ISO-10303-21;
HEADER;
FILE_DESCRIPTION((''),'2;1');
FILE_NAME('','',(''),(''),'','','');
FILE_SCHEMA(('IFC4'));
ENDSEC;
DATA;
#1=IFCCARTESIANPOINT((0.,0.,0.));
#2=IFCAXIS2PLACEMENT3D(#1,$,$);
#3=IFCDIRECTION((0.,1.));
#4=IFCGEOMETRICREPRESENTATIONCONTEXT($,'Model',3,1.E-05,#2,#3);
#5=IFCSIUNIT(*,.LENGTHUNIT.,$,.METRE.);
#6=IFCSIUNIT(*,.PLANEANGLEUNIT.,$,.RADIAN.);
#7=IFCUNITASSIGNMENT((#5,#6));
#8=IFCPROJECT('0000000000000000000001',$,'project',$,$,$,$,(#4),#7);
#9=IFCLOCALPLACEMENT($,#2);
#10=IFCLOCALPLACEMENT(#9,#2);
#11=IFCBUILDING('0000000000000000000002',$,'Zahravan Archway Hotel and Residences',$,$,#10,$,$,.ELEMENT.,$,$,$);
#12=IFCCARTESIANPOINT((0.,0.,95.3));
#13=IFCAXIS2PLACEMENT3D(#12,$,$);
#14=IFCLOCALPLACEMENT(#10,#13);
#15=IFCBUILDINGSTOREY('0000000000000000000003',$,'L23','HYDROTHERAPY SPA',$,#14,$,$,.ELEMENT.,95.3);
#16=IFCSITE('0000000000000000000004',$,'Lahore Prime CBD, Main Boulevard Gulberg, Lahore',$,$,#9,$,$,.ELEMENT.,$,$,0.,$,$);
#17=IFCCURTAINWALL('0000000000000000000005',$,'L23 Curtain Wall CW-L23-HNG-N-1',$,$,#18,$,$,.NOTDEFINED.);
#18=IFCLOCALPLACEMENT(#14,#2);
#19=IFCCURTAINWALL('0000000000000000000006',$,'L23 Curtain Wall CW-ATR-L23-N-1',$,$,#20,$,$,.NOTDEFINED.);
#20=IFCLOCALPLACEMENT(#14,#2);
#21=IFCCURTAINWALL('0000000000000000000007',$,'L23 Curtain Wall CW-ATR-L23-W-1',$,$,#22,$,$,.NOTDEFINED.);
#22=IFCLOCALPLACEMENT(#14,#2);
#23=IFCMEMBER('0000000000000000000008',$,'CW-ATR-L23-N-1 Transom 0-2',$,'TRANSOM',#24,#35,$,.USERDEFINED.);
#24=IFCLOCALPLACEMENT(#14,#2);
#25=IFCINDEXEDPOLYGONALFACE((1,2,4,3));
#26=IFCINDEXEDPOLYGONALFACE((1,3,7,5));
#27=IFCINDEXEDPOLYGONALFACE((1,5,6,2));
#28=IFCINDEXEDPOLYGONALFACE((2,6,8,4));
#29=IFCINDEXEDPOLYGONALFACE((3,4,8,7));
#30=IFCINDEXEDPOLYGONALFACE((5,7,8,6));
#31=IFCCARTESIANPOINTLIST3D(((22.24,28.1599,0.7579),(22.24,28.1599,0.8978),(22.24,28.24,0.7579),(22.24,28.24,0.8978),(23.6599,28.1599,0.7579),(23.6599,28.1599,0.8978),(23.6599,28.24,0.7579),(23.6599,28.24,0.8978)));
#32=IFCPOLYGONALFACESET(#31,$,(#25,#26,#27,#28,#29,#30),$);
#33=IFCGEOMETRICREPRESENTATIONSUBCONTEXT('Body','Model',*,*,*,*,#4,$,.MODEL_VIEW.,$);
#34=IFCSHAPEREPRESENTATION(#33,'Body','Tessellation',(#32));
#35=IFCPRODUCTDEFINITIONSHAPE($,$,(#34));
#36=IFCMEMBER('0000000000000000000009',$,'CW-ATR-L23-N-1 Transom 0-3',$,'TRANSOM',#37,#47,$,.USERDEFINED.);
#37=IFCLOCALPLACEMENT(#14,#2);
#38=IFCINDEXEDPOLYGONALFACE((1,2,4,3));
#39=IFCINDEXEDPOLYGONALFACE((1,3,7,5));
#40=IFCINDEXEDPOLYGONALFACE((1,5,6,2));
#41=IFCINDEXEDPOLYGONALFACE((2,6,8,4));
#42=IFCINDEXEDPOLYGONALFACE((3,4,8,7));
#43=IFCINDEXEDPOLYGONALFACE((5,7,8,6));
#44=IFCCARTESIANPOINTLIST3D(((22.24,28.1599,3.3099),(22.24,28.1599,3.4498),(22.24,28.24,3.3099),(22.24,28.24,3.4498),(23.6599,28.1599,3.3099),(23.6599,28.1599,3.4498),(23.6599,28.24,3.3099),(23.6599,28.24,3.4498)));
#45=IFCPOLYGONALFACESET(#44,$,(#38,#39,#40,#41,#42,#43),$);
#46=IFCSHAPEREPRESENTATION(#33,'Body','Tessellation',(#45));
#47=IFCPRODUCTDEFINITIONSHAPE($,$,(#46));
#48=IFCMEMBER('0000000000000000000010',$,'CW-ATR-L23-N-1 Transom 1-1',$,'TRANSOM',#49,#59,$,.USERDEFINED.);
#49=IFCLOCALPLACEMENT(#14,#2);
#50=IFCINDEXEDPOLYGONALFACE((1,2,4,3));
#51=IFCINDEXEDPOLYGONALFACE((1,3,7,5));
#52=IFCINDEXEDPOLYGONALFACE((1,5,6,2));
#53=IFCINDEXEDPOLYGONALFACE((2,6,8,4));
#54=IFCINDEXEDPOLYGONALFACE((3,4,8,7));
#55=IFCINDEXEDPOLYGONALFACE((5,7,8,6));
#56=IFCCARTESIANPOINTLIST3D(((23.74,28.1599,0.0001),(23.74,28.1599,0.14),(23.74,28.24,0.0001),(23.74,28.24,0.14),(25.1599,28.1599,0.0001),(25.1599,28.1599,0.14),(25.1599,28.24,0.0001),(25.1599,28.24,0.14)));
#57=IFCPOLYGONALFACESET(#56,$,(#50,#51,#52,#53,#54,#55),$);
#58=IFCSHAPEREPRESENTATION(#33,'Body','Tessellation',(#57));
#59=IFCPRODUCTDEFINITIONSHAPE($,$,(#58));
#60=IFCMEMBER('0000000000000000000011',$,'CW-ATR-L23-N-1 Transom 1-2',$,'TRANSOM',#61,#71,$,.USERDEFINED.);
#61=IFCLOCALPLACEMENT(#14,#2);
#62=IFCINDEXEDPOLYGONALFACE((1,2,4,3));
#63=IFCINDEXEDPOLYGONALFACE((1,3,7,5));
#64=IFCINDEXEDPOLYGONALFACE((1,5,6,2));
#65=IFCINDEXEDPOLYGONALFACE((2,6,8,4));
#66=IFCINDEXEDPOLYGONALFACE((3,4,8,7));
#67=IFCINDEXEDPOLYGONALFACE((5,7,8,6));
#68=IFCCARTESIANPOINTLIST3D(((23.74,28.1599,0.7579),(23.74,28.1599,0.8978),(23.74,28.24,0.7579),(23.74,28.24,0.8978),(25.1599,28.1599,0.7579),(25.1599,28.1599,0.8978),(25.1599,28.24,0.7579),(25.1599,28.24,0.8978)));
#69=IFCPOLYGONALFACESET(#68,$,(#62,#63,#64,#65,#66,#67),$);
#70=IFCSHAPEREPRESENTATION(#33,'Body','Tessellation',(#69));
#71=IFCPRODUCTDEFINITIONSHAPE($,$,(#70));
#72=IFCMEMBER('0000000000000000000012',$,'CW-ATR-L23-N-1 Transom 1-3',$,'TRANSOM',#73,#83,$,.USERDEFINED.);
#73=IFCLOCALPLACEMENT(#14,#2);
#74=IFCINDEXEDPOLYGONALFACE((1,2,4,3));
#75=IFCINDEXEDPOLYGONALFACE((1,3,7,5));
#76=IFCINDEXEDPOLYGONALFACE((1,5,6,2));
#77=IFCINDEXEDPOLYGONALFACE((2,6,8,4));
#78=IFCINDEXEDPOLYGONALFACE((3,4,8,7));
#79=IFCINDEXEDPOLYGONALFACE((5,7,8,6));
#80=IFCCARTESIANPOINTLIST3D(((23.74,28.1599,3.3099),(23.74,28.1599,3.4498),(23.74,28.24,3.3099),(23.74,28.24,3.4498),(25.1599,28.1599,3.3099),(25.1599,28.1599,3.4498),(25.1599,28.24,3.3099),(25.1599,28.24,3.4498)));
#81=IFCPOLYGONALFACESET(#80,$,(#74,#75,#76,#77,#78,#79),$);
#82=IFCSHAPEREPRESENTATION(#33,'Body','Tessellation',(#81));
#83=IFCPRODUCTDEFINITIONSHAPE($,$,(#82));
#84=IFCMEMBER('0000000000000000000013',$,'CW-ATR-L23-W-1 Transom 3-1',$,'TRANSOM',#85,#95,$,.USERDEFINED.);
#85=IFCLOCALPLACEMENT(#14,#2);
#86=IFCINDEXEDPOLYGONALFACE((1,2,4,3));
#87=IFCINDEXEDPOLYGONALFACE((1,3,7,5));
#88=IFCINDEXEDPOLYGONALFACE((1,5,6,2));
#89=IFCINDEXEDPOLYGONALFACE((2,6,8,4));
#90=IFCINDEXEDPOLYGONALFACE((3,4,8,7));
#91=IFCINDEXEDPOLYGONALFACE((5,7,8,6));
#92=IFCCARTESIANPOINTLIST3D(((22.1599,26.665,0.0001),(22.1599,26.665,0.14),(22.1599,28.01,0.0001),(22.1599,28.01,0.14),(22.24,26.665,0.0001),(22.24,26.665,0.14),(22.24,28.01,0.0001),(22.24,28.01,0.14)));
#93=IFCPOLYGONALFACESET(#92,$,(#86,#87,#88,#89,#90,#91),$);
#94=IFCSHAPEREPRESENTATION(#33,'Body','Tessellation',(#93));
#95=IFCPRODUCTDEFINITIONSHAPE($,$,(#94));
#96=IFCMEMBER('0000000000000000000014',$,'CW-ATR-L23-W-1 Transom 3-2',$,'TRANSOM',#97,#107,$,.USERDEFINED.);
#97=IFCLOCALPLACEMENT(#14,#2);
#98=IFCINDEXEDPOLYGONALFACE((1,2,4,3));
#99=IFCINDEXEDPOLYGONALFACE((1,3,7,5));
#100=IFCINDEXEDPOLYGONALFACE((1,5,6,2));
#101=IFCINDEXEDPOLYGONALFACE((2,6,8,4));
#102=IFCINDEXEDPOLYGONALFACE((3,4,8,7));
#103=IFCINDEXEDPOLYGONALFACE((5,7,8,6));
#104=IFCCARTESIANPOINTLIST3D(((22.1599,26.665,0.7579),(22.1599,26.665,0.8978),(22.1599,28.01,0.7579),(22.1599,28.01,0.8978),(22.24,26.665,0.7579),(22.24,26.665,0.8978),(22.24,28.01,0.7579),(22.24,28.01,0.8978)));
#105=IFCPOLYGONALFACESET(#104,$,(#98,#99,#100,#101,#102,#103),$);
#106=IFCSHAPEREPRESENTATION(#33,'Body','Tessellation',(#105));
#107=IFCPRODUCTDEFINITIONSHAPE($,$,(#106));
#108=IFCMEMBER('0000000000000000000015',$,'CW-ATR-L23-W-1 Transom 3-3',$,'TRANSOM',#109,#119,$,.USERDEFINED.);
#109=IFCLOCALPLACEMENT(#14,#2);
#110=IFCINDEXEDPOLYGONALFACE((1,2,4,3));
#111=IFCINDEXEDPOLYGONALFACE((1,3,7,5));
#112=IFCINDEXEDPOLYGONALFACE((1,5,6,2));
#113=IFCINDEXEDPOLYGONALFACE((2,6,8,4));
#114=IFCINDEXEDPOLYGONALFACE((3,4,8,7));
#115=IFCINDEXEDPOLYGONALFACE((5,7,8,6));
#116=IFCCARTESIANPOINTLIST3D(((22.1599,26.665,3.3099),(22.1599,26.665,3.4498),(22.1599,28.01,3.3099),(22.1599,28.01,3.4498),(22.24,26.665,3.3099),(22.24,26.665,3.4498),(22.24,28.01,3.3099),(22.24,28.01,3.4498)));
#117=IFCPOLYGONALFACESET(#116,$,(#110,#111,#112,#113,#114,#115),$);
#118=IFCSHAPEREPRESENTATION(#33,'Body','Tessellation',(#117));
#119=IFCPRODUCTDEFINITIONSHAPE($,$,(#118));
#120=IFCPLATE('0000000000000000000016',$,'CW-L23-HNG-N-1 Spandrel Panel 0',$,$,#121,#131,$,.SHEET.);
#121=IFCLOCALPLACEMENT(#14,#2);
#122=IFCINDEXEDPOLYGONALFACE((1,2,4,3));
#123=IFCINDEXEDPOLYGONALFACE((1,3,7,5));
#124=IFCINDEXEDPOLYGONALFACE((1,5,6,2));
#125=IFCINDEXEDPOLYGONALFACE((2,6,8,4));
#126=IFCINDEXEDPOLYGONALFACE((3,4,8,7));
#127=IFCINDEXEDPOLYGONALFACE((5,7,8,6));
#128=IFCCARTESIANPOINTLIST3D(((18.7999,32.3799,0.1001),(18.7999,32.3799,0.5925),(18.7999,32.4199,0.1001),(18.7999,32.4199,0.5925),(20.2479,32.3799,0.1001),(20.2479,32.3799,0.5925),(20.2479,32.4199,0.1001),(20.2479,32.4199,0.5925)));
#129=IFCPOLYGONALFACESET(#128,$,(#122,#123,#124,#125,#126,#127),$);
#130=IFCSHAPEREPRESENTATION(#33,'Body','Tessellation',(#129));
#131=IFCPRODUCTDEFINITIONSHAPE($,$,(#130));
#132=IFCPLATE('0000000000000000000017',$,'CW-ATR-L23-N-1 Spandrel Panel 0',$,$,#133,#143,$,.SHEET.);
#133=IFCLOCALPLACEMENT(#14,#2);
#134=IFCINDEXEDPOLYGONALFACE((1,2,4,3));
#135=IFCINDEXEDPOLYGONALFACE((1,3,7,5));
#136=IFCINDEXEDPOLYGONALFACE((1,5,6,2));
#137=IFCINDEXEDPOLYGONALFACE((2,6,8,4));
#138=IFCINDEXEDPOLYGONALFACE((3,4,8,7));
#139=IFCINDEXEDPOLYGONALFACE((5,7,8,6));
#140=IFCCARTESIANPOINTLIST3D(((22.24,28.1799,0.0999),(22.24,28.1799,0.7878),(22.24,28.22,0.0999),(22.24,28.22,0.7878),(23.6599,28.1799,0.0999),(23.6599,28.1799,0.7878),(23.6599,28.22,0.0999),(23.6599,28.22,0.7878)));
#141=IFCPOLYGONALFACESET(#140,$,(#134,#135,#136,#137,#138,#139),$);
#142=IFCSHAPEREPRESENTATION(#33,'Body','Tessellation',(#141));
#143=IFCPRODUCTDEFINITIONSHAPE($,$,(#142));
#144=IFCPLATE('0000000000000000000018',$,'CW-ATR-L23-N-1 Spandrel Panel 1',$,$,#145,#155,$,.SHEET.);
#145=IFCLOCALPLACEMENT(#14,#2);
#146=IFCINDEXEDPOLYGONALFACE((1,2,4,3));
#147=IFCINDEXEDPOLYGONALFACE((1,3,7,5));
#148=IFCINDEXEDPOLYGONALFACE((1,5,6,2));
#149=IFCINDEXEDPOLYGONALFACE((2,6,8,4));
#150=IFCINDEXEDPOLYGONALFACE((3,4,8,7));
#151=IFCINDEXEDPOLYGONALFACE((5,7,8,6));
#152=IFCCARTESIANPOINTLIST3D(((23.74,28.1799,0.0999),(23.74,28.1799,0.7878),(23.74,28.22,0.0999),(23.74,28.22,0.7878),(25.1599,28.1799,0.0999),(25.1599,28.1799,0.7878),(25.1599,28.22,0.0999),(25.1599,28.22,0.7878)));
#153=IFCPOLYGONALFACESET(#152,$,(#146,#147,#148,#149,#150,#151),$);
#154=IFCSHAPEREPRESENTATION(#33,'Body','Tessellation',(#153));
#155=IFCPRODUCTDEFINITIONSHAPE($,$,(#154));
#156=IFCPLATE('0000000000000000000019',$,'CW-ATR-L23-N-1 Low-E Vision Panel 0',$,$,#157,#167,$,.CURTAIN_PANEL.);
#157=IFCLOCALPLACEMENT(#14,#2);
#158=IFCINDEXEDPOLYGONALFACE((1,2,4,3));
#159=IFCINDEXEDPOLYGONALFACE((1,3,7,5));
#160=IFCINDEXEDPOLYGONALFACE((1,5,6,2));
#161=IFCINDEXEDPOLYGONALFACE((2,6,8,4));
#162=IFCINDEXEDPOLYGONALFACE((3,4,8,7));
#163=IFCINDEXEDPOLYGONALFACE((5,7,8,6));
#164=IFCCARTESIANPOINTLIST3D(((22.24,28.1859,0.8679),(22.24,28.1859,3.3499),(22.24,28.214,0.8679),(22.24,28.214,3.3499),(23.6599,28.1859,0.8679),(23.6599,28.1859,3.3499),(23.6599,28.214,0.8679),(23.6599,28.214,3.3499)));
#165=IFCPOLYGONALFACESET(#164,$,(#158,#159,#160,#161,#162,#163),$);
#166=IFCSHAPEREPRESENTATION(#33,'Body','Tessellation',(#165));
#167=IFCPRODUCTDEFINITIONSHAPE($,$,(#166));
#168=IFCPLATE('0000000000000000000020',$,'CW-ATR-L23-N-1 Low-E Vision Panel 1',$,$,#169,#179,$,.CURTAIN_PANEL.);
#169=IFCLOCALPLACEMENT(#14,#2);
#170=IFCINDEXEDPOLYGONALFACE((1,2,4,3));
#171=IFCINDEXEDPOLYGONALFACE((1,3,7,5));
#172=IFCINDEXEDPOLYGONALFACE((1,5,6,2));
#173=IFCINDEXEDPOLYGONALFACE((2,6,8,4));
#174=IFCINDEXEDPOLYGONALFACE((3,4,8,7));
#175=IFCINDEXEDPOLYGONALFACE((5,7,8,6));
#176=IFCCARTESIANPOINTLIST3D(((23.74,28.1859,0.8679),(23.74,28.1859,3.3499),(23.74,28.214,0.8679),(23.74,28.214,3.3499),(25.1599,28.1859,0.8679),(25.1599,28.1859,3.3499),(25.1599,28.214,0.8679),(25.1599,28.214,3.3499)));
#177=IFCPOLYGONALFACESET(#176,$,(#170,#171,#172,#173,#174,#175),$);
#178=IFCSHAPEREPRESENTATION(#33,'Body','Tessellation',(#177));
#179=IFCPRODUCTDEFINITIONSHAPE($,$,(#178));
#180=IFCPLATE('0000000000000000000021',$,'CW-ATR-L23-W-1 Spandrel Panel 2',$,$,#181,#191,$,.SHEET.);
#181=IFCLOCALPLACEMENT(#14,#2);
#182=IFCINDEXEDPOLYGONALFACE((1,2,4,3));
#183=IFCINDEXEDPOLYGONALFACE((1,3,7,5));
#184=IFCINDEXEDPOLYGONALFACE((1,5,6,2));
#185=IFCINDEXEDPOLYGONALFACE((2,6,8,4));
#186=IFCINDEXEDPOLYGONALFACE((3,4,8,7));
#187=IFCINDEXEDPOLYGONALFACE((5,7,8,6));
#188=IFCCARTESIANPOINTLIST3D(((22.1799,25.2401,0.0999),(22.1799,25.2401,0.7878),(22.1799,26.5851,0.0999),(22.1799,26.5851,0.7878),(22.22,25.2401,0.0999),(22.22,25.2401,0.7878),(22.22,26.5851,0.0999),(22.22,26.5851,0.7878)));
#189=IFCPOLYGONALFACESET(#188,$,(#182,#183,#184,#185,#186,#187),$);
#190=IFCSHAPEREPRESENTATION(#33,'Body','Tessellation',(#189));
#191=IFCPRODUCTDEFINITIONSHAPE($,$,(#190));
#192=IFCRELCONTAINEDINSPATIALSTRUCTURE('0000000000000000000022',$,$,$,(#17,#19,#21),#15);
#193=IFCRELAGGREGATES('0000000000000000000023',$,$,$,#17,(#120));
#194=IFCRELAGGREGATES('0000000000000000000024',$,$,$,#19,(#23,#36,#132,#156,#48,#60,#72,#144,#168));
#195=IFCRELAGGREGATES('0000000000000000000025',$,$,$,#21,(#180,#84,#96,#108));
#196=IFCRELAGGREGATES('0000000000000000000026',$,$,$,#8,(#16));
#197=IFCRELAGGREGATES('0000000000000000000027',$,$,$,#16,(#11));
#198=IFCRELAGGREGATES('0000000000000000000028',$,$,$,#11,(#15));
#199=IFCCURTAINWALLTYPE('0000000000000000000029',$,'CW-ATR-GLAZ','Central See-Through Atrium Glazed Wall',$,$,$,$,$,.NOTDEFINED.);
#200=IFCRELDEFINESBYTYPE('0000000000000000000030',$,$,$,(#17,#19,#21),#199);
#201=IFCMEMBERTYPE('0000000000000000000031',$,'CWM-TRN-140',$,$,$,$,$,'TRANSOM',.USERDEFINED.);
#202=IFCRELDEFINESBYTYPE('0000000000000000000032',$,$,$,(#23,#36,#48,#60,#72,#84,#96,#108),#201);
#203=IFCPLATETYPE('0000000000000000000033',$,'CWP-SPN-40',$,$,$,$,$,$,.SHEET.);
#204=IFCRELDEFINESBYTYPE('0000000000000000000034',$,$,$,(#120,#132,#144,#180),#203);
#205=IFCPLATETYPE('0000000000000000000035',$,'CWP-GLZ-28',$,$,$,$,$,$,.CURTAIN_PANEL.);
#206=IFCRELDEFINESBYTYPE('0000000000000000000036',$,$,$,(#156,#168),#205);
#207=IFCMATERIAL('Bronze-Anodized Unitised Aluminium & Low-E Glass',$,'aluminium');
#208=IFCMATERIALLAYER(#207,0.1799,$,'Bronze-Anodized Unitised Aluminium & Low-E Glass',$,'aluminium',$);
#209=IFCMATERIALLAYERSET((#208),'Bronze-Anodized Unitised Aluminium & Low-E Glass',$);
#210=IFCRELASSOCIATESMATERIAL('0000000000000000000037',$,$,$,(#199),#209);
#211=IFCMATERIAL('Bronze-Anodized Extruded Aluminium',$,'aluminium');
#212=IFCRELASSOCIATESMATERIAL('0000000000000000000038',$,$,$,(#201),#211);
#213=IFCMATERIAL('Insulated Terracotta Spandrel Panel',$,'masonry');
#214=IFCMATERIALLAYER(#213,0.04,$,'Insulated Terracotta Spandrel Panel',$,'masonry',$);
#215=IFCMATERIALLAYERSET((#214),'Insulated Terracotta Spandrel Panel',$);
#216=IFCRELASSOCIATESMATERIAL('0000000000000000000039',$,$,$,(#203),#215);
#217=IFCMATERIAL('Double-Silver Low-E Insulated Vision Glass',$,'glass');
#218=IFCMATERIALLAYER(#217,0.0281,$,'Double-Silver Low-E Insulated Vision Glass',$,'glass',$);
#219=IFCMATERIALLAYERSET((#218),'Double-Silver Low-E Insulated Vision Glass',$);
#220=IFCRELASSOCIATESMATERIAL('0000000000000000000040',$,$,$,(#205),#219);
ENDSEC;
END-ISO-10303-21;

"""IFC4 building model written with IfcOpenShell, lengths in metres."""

from ifc_helpers import new_model, si_unit, direction, frame, origin, origin_2d, place, context, subcontext, project, spatial, rectangle, extrude, source, transform, mapped, material, layer, layer_set, material_profile, profile_set, type_object, element, aggregate, save


model = new_model("IFC4")

# Units and contexts
model_context = context("Model", 3, precision=1e-05, world=origin(), true_north=direction((0.0, 1.0)))
body_context = subcontext(model_context, "Body", "Model", "MODEL_VIEW")
ifc_project = project(units=[si_unit("LENGTHUNIT", "METRE"), si_unit("PLANEANGLEUNIT", "RADIAN")], contexts=[model_context])

# Site, building, storey
site_placement = place(None, origin())
site = spatial("IfcSite", under=ifc_project, at=site_placement, Name="Lahore Prime CBD, Main Boulevard Gulberg, Lahore", CompositionType="ELEMENT", RefElevation=0.0)
building_placement = place(site_placement, origin())
building = spatial("IfcBuilding", under=site, at=building_placement, Name="Zahravan Archway Hotel and Residences", CompositionType="ELEMENT")
storey_placement = place(building_placement, frame((0.0, 0.0, 95.3)))
storey = spatial("IfcBuildingStorey", under=building, at=storey_placement, Name="L23", Description="HYDROTHERAPY SPA", CompositionType="ELEMENT", Elevation=95.3)

# Curtain walls
ifc_material_1 = material(Name="Bronze-Anodized Unitised Aluminium & Low-E Glass", Category="aluminium")
ifc_layer_1 = layer(ifc_material_1, 0.1799, Name="Bronze-Anodized Unitised Aluminium & Low-E Glass", Category="aluminium")
ifc_layer_set_1 = layer_set([ifc_layer_1], Name="Bronze-Anodized Unitised Aluminium & Low-E Glass")
curtain_wall_type = type_object("IfcCurtainWallType", Name="CW-ATR-GLAZ", Description="Central See-Through Atrium Glazed Wall", PredefinedType="NOTDEFINED", material=ifc_layer_set_1)
curtain_wall_1_placement = place(storey_placement, origin())
curtain_wall_1 = element("IfcCurtainWall", 1, at=curtain_wall_1_placement, inside=storey, type_object=curtain_wall_type, Name="L23 Curtain Wall CW-L23-HNG-N-1", PredefinedType="NOTDEFINED")
ifc_material_2 = material(Name="Bronze-Anodized Extruded Aluminium", Category="aluminium")
ifc_material_profile_1 = material_profile(ifc_material_2, rectangle(XDim=0.0801, YDim=0.1399, at=origin_2d()), Name="TRN 80x140", Category="aluminium")
ifc_profile_set_1 = profile_set([ifc_material_profile_1], Name="Bronze-Anodized Extruded Aluminium")
member_type_1 = type_object("IfcMemberType", Name="CWM-TRN-140", ElementType="TRANSOM", PredefinedType="USERDEFINED", material=ifc_profile_set_1)
curtain_wall_2_placement = place(storey_placement, origin())
curtain_wall_2 = element("IfcCurtainWall", 2, at=curtain_wall_2_placement, inside=storey, type_object=curtain_wall_type, Name="L23 Curtain Wall CW-ATR-L23-N-1", PredefinedType="NOTDEFINED")
curtain_wall_3_placement = place(storey_placement, origin())
curtain_wall_3 = element("IfcCurtainWall", 3, at=curtain_wall_3_placement, inside=storey, type_object=curtain_wall_type, Name="L23 Curtain Wall CW-ATR-L23-W-1", PredefinedType="NOTDEFINED")

# Members
shared_shape_1 = source(origin(), body_context, "Body", "SweptSolid", [
    extrude(rectangle(XDim=0.0801, YDim=0.1399, at=origin_2d()), origin(), (0.0, 0.0, 1.0), 1.4199),
])
member_1_placement = place(storey_placement, frame((22.24, 28.2, 0.8279), z_axis=(1.0, 0.0, 0.0), x_axis=(0.0, 1.0, 0.0)))
member_1 = element("IfcMember", 4, at=member_1_placement, type_object=member_type_1, Name="CW-ATR-L23-N-1 Transom 0-2", ObjectType="TRANSOM", PredefinedType="USERDEFINED", context=body_context, shape_type="MappedRepresentation", body=[
    mapped(shared_shape_1, transform((0.0, 0.0, 0.0), scale=1.0)),
])
member_2_placement = place(storey_placement, frame((22.24, 28.2, 3.3799), z_axis=(1.0, 0.0, 0.0), x_axis=(0.0, 1.0, 0.0)))
member_2 = element("IfcMember", 5, at=member_2_placement, type_object=member_type_1, Name="CW-ATR-L23-N-1 Transom 0-3", ObjectType="TRANSOM", PredefinedType="USERDEFINED", context=body_context, shape_type="MappedRepresentation", body=[
    mapped(shared_shape_1, transform((0.0, 0.0, 0.0), scale=1.0)),
])
member_3_placement = place(storey_placement, frame((23.74, 28.2, 0.0701), z_axis=(1.0, 0.0, 0.0), x_axis=(0.0, 1.0, 0.0)))
member_3 = element("IfcMember", 6, at=member_3_placement, type_object=member_type_1, Name="CW-ATR-L23-N-1 Transom 1-1", ObjectType="TRANSOM", PredefinedType="USERDEFINED", context=body_context, shape_type="MappedRepresentation", body=[
    mapped(shared_shape_1, transform((0.0, 0.0, 0.0), scale=1.0)),
])
member_4_placement = place(storey_placement, frame((23.74, 28.2, 0.8279), z_axis=(1.0, 0.0, 0.0), x_axis=(0.0, 1.0, 0.0)))
member_4 = element("IfcMember", 7, at=member_4_placement, type_object=member_type_1, Name="CW-ATR-L23-N-1 Transom 1-2", ObjectType="TRANSOM", PredefinedType="USERDEFINED", context=body_context, shape_type="MappedRepresentation", body=[
    mapped(shared_shape_1, transform((0.0, 0.0, 0.0), scale=1.0)),
])
member_5_placement = place(storey_placement, frame((23.74, 28.2, 3.3799), z_axis=(1.0, 0.0, 0.0), x_axis=(0.0, 1.0, 0.0)))
member_5 = element("IfcMember", 8, at=member_5_placement, type_object=member_type_1, Name="CW-ATR-L23-N-1 Transom 1-3", ObjectType="TRANSOM", PredefinedType="USERDEFINED", context=body_context, shape_type="MappedRepresentation", body=[
    mapped(shared_shape_1, transform((0.0, 0.0, 0.0), scale=1.0)),
])
shared_shape_2 = source(origin(), body_context, "Body", "SweptSolid", [
    extrude(rectangle(XDim=0.0801, YDim=0.1399, at=origin_2d()), origin(), (0.0, 0.0, 1.0), 1.345),
])
member_6_placement = place(storey_placement, frame((22.2, 26.665, 0.0701), z_axis=(0.0, 1.0, 0.0), x_axis=(-1.0, 0.0, 0.0)))
member_6 = element("IfcMember", 9, at=member_6_placement, type_object=member_type_1, Name="CW-ATR-L23-W-1 Transom 3-1", ObjectType="TRANSOM", PredefinedType="USERDEFINED", context=body_context, shape_type="MappedRepresentation", body=[
    mapped(shared_shape_2, transform((0.0, 0.0, 0.0), scale=1.0)),
])
member_7_placement = place(storey_placement, frame((22.2, 26.665, 0.8279), z_axis=(0.0, 1.0, 0.0), x_axis=(-1.0, 0.0, 0.0)))
member_7 = element("IfcMember", 10, at=member_7_placement, type_object=member_type_1, Name="CW-ATR-L23-W-1 Transom 3-2", ObjectType="TRANSOM", PredefinedType="USERDEFINED", context=body_context, shape_type="MappedRepresentation", body=[
    mapped(shared_shape_2, transform((0.0, 0.0, 0.0), scale=1.0)),
])
member_8_placement = place(storey_placement, frame((22.2, 26.665, 3.3799), z_axis=(0.0, 1.0, 0.0), x_axis=(-1.0, 0.0, 0.0)))
member_8 = element("IfcMember", 11, at=member_8_placement, type_object=member_type_1, Name="CW-ATR-L23-W-1 Transom 3-3", ObjectType="TRANSOM", PredefinedType="USERDEFINED", context=body_context, shape_type="MappedRepresentation", body=[
    mapped(shared_shape_2, transform((0.0, 0.0, 0.0), scale=1.0)),
])

# Plates
ifc_material_3 = material(Name="Insulated Terracotta Spandrel Panel", Category="masonry")
ifc_layer_2 = layer(ifc_material_3, 0.04, Name="Insulated Terracotta Spandrel Panel", Category="masonry")
ifc_layer_set_2 = layer_set([ifc_layer_2], Name="Insulated Terracotta Spandrel Panel")
plate_type_1 = type_object("IfcPlateType", Name="CWP-SPN-40", PredefinedType="SHEET", material=ifc_layer_set_2)
shared_shape_3 = source(origin(), body_context, "Body", "SweptSolid", [
    extrude(rectangle(XDim=1.448, YDim=0.04, at=origin_2d()), origin(), (0.0, 0.0, 1.0), 0.4924),
])
plate_1_placement = place(storey_placement, frame((19.5239, 32.3999, 0.1001), z_axis=(0.0, 0.0, 1.0), x_axis=(1.0, 0.0, 0.0)))
plate_1 = element("IfcPlate", 12, at=plate_1_placement, type_object=plate_type_1, Name="CW-L23-HNG-N-1 Spandrel Panel 0", PredefinedType="SHEET", context=body_context, shape_type="MappedRepresentation", body=[
    mapped(shared_shape_3, transform((0.0, 0.0, 0.0), scale=1.0)),
])
aggregate(curtain_wall_1, [plate_1])
shared_shape_4 = source(origin(), body_context, "Body", "SweptSolid", [
    extrude(rectangle(XDim=1.4199, YDim=0.04, at=origin_2d()), origin(), (0.0, 0.0, 1.0), 0.688),
])
plate_2_placement = place(storey_placement, frame((22.95, 28.2, 0.0999), z_axis=(0.0, 0.0, 1.0), x_axis=(1.0, 0.0, 0.0)))
plate_2 = element("IfcPlate", 13, at=plate_2_placement, type_object=plate_type_1, Name="CW-ATR-L23-N-1 Spandrel Panel 0", PredefinedType="SHEET", context=body_context, shape_type="MappedRepresentation", body=[
    mapped(shared_shape_4, transform((0.0, 0.0, 0.0), scale=1.0)),
])
plate_3_placement = place(storey_placement, frame((24.45, 28.2, 0.0999), z_axis=(0.0, 0.0, 1.0), x_axis=(1.0, 0.0, 0.0)))
plate_3 = element("IfcPlate", 14, at=plate_3_placement, type_object=plate_type_1, Name="CW-ATR-L23-N-1 Spandrel Panel 1", PredefinedType="SHEET", context=body_context, shape_type="MappedRepresentation", body=[
    mapped(shared_shape_4, transform((0.0, 0.0, 0.0), scale=1.0)),
])
ifc_material_4 = material(Name="Double-Silver Low-E Insulated Vision Glass", Category="glass")
ifc_layer_3 = layer(ifc_material_4, 0.0281, Name="Double-Silver Low-E Insulated Vision Glass", Category="glass")
ifc_layer_set_3 = layer_set([ifc_layer_3], Name="Double-Silver Low-E Insulated Vision Glass")
plate_type_2 = type_object("IfcPlateType", Name="CWP-GLZ-28", PredefinedType="CURTAIN_PANEL", material=ifc_layer_set_3)
shared_shape_5 = source(origin(), body_context, "Body", "SweptSolid", [
    extrude(rectangle(XDim=1.4199, YDim=0.0281, at=origin_2d()), origin(), (0.0, 0.0, 1.0), 2.4819),
])
plate_4_placement = place(storey_placement, frame((22.95, 28.2, 0.8679), z_axis=(0.0, 0.0, 1.0), x_axis=(1.0, 0.0, 0.0)))
plate_4 = element("IfcPlate", 15, at=plate_4_placement, type_object=plate_type_2, Name="CW-ATR-L23-N-1 Low-E Vision Panel 0", PredefinedType="CURTAIN_PANEL", context=body_context, shape_type="MappedRepresentation", body=[
    mapped(shared_shape_5, transform((0.0, 0.0, 0.0), scale=1.0)),
])
plate_5_placement = place(storey_placement, frame((24.45, 28.2, 0.8679), z_axis=(0.0, 0.0, 1.0), x_axis=(1.0, 0.0, 0.0)))
plate_5 = element("IfcPlate", 16, at=plate_5_placement, type_object=plate_type_2, Name="CW-ATR-L23-N-1 Low-E Vision Panel 1", PredefinedType="CURTAIN_PANEL", context=body_context, shape_type="MappedRepresentation", body=[
    mapped(shared_shape_5, transform((0.0, 0.0, 0.0), scale=1.0)),
])
aggregate(curtain_wall_2, [member_1, member_2, plate_2, plate_4, member_3, member_4, member_5, plate_3, plate_5])
shared_shape_6 = source(origin(), body_context, "Body", "SweptSolid", [
    extrude(rectangle(XDim=1.345, YDim=0.04, at=origin_2d()), origin(), (0.0, 0.0, 1.0), 0.688),
])
plate_6_placement = place(storey_placement, frame((22.2, 25.9126, 0.0999), z_axis=(0.0, 0.0, 1.0), x_axis=(0.0, 1.0, 0.0)))
plate_6 = element("IfcPlate", 17, at=plate_6_placement, type_object=plate_type_1, Name="CW-ATR-L23-W-1 Spandrel Panel 2", PredefinedType="SHEET", context=body_context, shape_type="MappedRepresentation", body=[
    mapped(shared_shape_6, transform((0.0, 0.0, 0.0), scale=1.0)),
])
aggregate(curtain_wall_3, [plate_6, member_6, member_7, member_8])

save(model, "model.ifc")
